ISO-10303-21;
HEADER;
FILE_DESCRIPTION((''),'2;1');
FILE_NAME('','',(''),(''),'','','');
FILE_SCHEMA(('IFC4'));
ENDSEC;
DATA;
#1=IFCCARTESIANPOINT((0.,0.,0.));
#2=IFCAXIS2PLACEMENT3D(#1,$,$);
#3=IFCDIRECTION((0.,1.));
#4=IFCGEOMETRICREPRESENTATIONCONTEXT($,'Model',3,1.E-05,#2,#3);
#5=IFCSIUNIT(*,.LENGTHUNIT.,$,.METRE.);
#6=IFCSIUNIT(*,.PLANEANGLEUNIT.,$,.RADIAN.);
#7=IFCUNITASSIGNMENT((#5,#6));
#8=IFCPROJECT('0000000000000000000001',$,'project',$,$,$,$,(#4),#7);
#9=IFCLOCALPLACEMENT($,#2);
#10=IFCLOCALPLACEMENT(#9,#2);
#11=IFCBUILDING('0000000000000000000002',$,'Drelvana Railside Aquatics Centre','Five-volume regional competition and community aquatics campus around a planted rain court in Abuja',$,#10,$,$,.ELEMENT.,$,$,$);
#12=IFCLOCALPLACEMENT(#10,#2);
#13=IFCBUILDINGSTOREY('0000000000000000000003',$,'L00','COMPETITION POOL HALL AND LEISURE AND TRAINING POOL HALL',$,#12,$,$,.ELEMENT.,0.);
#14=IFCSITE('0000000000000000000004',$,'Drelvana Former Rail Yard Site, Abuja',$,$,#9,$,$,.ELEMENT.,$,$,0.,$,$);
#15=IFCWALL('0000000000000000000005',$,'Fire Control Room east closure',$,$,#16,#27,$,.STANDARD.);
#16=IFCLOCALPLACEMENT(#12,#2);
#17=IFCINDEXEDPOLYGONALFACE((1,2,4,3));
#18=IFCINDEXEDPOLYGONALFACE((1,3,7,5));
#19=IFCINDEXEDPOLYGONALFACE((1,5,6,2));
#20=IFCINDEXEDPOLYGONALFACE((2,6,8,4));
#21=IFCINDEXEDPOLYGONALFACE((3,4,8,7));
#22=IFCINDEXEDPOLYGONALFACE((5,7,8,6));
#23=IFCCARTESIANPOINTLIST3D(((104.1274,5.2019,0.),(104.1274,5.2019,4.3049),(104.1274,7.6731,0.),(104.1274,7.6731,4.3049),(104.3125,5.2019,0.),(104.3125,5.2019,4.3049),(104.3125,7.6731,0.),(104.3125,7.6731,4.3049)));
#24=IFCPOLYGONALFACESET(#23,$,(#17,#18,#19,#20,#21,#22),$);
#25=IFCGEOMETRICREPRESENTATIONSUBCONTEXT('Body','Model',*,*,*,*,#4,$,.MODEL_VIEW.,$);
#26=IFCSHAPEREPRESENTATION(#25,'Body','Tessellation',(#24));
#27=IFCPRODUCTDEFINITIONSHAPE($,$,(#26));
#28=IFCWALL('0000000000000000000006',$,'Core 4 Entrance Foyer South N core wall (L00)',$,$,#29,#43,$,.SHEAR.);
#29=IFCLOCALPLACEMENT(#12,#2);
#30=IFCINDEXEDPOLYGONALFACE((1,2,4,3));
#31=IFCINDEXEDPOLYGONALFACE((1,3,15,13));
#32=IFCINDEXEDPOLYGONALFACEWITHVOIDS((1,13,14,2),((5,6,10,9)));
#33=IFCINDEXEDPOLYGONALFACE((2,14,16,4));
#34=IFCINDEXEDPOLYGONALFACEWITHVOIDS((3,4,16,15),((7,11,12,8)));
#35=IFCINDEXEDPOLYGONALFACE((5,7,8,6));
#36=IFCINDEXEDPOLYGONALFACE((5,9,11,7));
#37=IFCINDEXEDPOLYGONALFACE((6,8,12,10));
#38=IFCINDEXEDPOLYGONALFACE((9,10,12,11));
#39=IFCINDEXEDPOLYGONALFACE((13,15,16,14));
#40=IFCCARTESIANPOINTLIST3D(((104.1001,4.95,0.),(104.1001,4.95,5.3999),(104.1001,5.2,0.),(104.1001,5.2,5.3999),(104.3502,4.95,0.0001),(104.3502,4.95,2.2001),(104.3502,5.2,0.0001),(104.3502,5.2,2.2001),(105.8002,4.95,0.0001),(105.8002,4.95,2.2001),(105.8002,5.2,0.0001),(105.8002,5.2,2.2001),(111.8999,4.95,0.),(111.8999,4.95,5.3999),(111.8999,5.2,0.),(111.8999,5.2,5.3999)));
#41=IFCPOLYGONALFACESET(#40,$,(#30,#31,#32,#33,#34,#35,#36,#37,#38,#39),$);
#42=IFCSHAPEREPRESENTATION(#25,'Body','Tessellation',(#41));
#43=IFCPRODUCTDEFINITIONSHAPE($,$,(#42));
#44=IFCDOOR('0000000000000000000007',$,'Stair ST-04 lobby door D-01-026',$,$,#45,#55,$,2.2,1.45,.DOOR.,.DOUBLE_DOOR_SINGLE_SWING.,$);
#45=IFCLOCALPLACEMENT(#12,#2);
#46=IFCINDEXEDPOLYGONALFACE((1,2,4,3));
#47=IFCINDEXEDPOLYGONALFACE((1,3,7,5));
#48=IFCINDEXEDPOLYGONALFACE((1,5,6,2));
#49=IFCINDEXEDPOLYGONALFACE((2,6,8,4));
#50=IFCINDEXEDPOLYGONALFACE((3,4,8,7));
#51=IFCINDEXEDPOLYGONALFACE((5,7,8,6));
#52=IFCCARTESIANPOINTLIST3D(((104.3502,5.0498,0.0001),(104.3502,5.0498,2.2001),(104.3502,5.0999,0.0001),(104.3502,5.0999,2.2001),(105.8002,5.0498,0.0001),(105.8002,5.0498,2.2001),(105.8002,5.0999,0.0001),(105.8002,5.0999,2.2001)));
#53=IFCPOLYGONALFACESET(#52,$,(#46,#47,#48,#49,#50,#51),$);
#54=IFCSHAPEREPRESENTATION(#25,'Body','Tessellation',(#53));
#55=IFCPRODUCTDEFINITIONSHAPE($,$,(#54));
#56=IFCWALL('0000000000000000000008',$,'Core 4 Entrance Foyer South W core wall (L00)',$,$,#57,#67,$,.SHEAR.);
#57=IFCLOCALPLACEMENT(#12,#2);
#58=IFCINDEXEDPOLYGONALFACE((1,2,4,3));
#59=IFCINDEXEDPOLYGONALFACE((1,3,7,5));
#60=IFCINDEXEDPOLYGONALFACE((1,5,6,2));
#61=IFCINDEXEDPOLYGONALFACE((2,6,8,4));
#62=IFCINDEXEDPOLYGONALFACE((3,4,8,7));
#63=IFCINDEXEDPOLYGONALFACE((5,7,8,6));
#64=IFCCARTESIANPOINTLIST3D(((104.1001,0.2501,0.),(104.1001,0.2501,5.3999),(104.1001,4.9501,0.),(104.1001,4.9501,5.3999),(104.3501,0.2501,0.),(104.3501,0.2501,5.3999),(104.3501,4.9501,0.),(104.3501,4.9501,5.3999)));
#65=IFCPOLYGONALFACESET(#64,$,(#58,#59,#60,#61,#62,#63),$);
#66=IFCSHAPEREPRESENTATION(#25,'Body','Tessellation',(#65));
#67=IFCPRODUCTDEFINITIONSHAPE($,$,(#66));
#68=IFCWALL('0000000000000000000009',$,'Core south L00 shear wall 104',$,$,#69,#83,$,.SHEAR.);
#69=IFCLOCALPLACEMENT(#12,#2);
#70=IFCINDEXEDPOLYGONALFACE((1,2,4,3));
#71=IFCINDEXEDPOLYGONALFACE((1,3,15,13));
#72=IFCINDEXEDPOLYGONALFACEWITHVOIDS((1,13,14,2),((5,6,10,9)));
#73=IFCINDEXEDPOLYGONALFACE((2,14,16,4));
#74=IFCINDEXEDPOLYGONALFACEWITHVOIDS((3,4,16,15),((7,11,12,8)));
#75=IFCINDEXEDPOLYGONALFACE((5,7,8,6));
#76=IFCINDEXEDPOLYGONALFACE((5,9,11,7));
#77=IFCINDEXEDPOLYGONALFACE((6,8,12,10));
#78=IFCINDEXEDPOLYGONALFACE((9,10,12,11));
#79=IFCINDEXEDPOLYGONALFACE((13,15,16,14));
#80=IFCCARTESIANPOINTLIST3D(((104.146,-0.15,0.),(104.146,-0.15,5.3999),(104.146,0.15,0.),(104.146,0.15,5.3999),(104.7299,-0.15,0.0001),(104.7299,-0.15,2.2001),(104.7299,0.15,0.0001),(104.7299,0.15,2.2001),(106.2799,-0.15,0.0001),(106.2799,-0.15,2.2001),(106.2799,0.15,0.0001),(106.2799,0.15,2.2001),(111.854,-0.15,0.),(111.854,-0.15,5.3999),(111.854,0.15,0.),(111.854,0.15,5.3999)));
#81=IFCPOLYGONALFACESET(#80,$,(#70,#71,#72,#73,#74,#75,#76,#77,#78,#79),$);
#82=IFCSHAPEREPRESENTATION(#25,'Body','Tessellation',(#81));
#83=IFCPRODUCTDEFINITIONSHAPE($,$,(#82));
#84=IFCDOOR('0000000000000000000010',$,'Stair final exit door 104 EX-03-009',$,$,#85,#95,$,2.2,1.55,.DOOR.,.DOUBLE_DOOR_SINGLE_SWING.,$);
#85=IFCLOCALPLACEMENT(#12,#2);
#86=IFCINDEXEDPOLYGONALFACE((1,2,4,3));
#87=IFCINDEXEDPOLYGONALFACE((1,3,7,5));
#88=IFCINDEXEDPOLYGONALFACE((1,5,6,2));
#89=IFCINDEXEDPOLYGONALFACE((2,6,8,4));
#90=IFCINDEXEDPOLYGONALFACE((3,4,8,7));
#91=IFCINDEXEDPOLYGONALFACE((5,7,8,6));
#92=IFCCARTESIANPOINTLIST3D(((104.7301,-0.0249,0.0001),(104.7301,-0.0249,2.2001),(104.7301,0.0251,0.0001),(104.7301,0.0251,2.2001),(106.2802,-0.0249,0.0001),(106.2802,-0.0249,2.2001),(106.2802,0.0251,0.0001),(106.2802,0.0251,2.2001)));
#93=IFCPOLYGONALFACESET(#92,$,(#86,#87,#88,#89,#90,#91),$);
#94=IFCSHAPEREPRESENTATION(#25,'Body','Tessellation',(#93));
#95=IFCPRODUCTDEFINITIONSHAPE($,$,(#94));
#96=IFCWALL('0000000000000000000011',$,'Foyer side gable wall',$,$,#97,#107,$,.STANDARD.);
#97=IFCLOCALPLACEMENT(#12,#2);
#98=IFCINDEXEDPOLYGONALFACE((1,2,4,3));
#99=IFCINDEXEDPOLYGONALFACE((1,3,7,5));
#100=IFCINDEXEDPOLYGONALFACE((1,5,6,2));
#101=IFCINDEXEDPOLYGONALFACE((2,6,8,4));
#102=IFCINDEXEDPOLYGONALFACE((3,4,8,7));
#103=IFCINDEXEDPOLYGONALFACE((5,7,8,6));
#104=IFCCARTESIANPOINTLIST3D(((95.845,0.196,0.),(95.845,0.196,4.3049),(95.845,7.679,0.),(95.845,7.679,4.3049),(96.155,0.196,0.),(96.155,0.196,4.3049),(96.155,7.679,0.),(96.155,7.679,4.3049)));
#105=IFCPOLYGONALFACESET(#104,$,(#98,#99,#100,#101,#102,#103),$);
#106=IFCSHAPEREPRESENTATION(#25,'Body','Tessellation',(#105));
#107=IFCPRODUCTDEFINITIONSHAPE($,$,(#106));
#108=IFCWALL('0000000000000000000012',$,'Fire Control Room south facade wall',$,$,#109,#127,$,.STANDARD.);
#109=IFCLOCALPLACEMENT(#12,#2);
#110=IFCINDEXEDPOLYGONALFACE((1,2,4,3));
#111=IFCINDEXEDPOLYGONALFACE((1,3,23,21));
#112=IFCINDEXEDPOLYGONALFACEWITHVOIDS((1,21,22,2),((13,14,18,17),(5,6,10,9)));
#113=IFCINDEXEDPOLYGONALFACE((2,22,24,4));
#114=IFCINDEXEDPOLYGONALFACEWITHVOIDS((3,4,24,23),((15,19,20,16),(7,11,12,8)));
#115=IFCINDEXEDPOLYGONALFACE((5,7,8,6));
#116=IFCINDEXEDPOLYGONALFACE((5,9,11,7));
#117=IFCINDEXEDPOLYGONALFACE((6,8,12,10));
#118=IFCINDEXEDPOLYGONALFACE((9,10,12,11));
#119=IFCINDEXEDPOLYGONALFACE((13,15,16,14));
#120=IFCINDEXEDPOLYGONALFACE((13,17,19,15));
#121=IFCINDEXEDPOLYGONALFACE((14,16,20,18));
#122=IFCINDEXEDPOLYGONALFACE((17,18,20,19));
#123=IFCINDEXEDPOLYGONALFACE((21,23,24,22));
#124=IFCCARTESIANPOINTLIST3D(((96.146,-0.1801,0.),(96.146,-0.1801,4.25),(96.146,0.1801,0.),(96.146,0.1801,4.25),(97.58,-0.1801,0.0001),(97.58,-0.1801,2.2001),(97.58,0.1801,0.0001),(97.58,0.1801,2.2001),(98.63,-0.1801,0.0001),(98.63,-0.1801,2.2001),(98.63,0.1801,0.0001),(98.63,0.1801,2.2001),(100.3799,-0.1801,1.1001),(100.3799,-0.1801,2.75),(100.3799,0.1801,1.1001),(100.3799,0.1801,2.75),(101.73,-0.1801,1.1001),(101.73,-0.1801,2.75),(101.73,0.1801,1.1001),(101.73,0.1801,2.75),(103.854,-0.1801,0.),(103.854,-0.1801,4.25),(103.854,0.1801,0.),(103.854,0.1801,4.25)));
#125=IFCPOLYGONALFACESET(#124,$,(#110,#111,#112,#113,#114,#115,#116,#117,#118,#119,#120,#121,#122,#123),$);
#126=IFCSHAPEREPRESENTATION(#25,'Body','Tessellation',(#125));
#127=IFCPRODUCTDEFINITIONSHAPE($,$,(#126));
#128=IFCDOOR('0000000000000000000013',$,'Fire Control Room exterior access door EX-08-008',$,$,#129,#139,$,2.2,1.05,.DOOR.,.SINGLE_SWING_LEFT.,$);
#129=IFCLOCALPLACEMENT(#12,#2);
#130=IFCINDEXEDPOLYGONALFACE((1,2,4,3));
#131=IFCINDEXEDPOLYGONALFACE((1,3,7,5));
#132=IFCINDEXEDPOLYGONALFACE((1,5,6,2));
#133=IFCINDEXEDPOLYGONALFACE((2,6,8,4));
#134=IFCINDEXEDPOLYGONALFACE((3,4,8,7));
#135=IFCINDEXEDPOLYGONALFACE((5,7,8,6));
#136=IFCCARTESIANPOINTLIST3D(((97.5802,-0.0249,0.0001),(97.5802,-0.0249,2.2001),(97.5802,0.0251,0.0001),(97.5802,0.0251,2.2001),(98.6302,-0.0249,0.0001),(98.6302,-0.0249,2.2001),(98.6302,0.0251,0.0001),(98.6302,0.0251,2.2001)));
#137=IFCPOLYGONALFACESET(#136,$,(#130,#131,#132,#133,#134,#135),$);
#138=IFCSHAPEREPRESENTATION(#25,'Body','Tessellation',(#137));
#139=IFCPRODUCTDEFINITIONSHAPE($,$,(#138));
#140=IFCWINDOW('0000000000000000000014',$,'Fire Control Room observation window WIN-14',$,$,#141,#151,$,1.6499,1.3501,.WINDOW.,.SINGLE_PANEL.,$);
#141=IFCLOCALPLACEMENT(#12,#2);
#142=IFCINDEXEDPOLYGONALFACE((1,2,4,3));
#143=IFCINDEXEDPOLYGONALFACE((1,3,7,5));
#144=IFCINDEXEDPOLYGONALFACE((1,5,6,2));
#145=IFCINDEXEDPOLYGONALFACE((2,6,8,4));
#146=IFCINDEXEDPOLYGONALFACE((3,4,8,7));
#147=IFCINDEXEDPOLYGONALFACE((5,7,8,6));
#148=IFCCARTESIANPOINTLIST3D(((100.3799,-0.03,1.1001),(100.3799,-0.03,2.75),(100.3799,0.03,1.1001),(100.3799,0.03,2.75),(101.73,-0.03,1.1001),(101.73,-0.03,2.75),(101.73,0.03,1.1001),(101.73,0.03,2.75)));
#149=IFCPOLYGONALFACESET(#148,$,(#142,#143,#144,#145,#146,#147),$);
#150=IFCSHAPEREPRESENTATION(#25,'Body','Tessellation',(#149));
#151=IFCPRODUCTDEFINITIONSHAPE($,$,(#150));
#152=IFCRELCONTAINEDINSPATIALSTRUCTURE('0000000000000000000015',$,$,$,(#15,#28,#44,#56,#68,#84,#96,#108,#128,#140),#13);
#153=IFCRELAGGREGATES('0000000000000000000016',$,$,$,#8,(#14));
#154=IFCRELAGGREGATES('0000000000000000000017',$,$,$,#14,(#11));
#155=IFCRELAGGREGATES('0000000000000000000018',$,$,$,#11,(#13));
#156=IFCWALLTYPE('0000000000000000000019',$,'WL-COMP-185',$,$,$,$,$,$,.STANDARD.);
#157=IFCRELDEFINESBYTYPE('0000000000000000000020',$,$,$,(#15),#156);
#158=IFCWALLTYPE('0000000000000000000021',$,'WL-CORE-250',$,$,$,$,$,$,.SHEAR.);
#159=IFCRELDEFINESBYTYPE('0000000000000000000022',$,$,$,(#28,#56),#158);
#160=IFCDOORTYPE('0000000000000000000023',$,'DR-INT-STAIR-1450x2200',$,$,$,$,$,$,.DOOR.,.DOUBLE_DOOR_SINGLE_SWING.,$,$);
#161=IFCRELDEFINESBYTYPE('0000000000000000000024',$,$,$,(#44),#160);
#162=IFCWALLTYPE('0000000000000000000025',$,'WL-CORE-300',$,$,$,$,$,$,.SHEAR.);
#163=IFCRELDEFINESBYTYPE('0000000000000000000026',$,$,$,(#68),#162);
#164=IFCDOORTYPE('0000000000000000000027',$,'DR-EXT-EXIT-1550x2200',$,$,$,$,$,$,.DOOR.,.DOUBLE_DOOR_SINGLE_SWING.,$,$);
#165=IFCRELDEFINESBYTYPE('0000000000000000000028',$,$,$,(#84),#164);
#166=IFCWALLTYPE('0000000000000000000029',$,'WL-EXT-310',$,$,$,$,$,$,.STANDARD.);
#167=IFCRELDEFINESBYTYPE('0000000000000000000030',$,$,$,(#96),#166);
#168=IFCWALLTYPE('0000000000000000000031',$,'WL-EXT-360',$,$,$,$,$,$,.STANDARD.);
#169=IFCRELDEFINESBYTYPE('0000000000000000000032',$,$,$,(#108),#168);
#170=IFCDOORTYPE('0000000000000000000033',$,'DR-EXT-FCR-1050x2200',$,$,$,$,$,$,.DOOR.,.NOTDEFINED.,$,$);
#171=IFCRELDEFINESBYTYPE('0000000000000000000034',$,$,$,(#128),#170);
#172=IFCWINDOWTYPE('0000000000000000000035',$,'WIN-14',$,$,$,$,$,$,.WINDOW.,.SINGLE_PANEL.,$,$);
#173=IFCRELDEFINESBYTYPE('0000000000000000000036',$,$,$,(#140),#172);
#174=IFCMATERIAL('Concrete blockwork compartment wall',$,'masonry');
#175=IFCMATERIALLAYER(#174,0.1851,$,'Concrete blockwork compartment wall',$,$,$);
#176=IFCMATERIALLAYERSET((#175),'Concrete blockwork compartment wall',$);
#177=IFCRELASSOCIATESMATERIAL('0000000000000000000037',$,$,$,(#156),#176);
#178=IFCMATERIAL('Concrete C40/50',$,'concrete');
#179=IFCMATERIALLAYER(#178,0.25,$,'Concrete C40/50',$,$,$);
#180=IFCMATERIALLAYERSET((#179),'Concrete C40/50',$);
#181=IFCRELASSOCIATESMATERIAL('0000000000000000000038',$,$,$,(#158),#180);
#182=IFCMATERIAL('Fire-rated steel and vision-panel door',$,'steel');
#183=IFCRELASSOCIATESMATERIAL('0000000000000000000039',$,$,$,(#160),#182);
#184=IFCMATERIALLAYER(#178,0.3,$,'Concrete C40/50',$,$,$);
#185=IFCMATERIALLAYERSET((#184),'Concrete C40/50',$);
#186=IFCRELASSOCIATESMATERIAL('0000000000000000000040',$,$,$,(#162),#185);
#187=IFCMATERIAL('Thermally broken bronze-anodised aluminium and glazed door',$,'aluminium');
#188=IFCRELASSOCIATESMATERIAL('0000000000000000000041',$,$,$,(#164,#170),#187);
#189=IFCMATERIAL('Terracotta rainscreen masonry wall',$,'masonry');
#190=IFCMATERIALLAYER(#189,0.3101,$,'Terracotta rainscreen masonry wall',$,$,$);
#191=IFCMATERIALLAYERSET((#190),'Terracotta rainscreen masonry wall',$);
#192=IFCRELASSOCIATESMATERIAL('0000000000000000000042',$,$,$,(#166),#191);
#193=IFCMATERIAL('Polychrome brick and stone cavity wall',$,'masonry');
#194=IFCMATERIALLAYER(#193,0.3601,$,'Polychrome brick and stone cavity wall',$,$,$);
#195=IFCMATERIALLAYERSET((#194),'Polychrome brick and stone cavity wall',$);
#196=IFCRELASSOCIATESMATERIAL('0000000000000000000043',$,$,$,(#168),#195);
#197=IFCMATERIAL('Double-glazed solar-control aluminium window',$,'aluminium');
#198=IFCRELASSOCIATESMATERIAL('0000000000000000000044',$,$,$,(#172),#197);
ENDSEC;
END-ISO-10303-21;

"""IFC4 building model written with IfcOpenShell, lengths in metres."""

from ifc_helpers import new_model, si_unit, direction, frame, frame_2d, origin, place, context, subcontext, project, spatial, rectangle, extrude, material, layer, layer_set, type_object, element, fill, save


model = new_model("IFC4")

# Units and contexts
model_context = context("Model", 3, precision=1e-05, world=origin(), true_north=direction((0.0, 1.0)))
body_context = subcontext(model_context, "Body", "Model", "MODEL_VIEW")
ifc_project = project(units=[si_unit("LENGTHUNIT", "METRE"), si_unit("PLANEANGLEUNIT", "RADIAN")], contexts=[model_context])

# Site, building, storey
site_placement = place(None, origin())
site = spatial("IfcSite", under=ifc_project, at=site_placement, Name="Drelvana Former Rail Yard Site, Abuja", CompositionType="ELEMENT", RefElevation=0.0)
building_placement = place(site_placement, origin())
building = spatial("IfcBuilding", under=site, at=building_placement, Name="Drelvana Railside Aquatics Centre", Description="Five-volume regional competition and community aquatics campus around a planted rain court in Abuja", CompositionType="ELEMENT")
storey_placement = place(building_placement, origin())
storey = spatial("IfcBuildingStorey", under=building, at=storey_placement, Name="L00", Description="COMPETITION POOL HALL AND LEISURE AND TRAINING POOL HALL", CompositionType="ELEMENT", Elevation=0.0)

# Shared definitions
ifc_material_1 = material(Name="Concrete C40/50", Category="concrete")

# Shared definitions
ifc_material_2 = material(Name="Concrete blockwork compartment wall", Category="masonry")
ifc_layer_1 = layer(ifc_material_2, 0.1851, Name="Concrete blockwork compartment wall")
ifc_layer_set_1 = layer_set([ifc_layer_1], Name="Concrete blockwork compartment wall")
wall_type_1 = type_object("IfcWallType", Name="WL-COMP-185", PredefinedType="STANDARD", material=ifc_layer_set_1)

# Wall
wall_1_placement = place(storey_placement, frame((104.22, 5.2019, 0.0), z_axis=(0.0, 0.0, 1.0), x_axis=(0.0, 1.0, 0.0)))
element("IfcWall", 1, at=wall_1_placement, inside=storey, type_object=wall_type_1, Name="Fire Control Room east closure", PredefinedType="STANDARD", context=body_context, shape_type="SweptSolid", body=[
    extrude(rectangle(XDim=2.4712, YDim=0.1851, at=frame_2d((1.2356, 0.0))), origin(), (0.0, 0.0, 1.0), 4.3049),
])

# Wall, opening, door
ifc_layer_2 = layer(ifc_material_1, 0.25, Name="Concrete C40/50")
ifc_layer_set_2 = layer_set([ifc_layer_2], Name="Concrete C40/50")
wall_type_2 = type_object("IfcWallType", Name="WL-CORE-250", PredefinedType="SHEAR", material=ifc_layer_set_2)
wall_2_placement = place(storey_placement, frame((104.1001, 5.075, 0.0), z_axis=(0.0, 0.0, 1.0), x_axis=(1.0, 0.0, 0.0)))
wall_2 = element("IfcWall", 2, at=wall_2_placement, inside=storey, type_object=wall_type_2, Name="Core 4 Entrance Foyer South N core wall (L00)", PredefinedType="SHEAR", context=body_context, shape_type="SweptSolid", body=[
    extrude(rectangle(XDim=7.7998, YDim=0.25, at=frame_2d((3.8999, 0.0))), origin(), (0.0, 0.0, 1.0), 5.3999),
])
opening_1_placement = place(wall_2_placement, frame((0.25, 0.0, 0.0)))
opening_1 = element("IfcOpeningElement", 3, at=opening_1_placement, cuts=wall_2, PredefinedType="OPENING", context=body_context, shape_type="SweptSolid", body=[
    extrude(rectangle(XDim=1.45, YDim=2.2, at=frame_2d((0.7251, 1.1001))), frame((0.0, 0.135, 0.0), z_axis=(0.0, -1.0, 0.0), x_axis=(1.0, 0.0, 0.0)), (0.0, 0.0, 1.0), 0.27),
])
ifc_material_3 = material(Name="Fire-rated steel and vision-panel door", Category="steel")
door_type_1 = type_object("IfcDoorType", Name="DR-INT-STAIR-1450x2200", OperationType="DOUBLE_DOOR_SINGLE_SWING", PredefinedType="DOOR", material=ifc_material_3)
door_1_placement = place(opening_1_placement, origin())
door_1 = element("IfcDoor", 4, at=door_1_placement, inside=storey, type_object=door_type_1, Name="Stair ST-04 lobby door D-01-026", OperationType="DOUBLE_DOOR_SINGLE_SWING", OverallHeight=2.2, OverallWidth=1.45, PredefinedType="DOOR", context=body_context, shape_type="SweptSolid", body=[
    extrude(rectangle(XDim=1.45, YDim=2.2, at=frame_2d((0.7251, 1.1001))), frame((0.0, 0.0249, 0.0), z_axis=(0.0, -1.0, 0.0), x_axis=(1.0, 0.0, 0.0)), (0.0, 0.0, 1.0), 0.05),
])
fill(opening_1, door_1)

# Wall
wall_3_placement = place(storey_placement, frame((104.2251, 0.25, 0.0), z_axis=(0.0, 0.0, 1.0), x_axis=(0.0, 1.0, 0.0)))
element("IfcWall", 5, at=wall_3_placement, inside=storey, type_object=wall_type_2, Name="Core 4 Entrance Foyer South W core wall (L00)", PredefinedType="SHEAR", context=body_context, shape_type="SweptSolid", body=[
    extrude(rectangle(XDim=4.7, YDim=0.25, at=frame_2d((2.3501, 0.0))), origin(), (0.0, 0.0, 1.0), 5.3999),
])

# Wall, opening, door
ifc_layer_3 = layer(ifc_material_1, 0.3, Name="Concrete C40/50")
ifc_layer_set_3 = layer_set([ifc_layer_3], Name="Concrete C40/50")
wall_type_3 = type_object("IfcWallType", Name="WL-CORE-300", PredefinedType="SHEAR", material=ifc_layer_set_3)
wall_4_placement = place(storey_placement, frame((104.146, 0.0, 0.0), z_axis=(0.0, 0.0, 1.0), x_axis=(1.0, 0.0, 0.0)))
wall_4 = element("IfcWall", 6, at=wall_4_placement, inside=storey, type_object=wall_type_3, Name="Core south L00 shear wall 104", PredefinedType="SHEAR", context=body_context, shape_type="SweptSolid", body=[
    extrude(rectangle(XDim=7.708, YDim=0.3, at=frame_2d((3.854, 0.0))), origin(), (0.0, 0.0, 1.0), 5.3999),
])
opening_2_placement = place(wall_4_placement, frame((0.584, 0.0, 0.0)))
opening_2 = element("IfcOpeningElement", 7, at=opening_2_placement, cuts=wall_4, PredefinedType="OPENING", context=body_context, shape_type="SweptSolid", body=[
    extrude(rectangle(XDim=1.55, YDim=2.2, at=frame_2d((0.7749, 1.1001))), frame((0.0, 0.1599, 0.0), z_axis=(0.0, -1.0, 0.0), x_axis=(1.0, 0.0, 0.0)), (0.0, 0.0, 1.0), 0.3201),
])
ifc_material_4 = material(Name="Thermally broken bronze-anodised aluminium and glazed door", Category="aluminium")
door_type_2 = type_object("IfcDoorType", Name="DR-EXT-EXIT-1550x2200", OperationType="DOUBLE_DOOR_SINGLE_SWING", PredefinedType="DOOR", material=ifc_material_4)
door_2_placement = place(opening_2_placement, frame((1.55, 0.0, 0.0), z_axis=(0.0, 0.0, 1.0), x_axis=(-1.0, 0.0, 0.0)))
door_2 = element("IfcDoor", 8, at=door_2_placement, inside=storey, type_object=door_type_2, Name="Stair final exit door 104 EX-03-009", OperationType="DOUBLE_DOOR_SINGLE_SWING", OverallHeight=2.2, OverallWidth=1.55, PredefinedType="DOOR", context=body_context, shape_type="SweptSolid", body=[
    extrude(rectangle(XDim=1.55, YDim=2.2, at=frame_2d((0.7749, 1.1001))), frame((0.0, 0.0249, 0.0), z_axis=(0.0, -1.0, 0.0), x_axis=(1.0, 0.0, 0.0)), (0.0, 0.0, 1.0), 0.05),
])
fill(opening_2, door_2)

# Wall
ifc_material_5 = material(Name="Terracotta rainscreen masonry wall", Category="masonry")
ifc_layer_4 = layer(ifc_material_5, 0.3101, Name="Terracotta rainscreen masonry wall")
ifc_layer_set_4 = layer_set([ifc_layer_4], Name="Terracotta rainscreen masonry wall")
wall_type_4 = type_object("IfcWallType", Name="WL-EXT-310", PredefinedType="STANDARD", material=ifc_layer_set_4)
wall_5_placement = place(storey_placement, frame((96.0, 0.196, 0.0), z_axis=(0.0, 0.0, 1.0), x_axis=(0.0, 1.0, 0.0)))
element("IfcWall", 9, at=wall_5_placement, inside=storey, type_object=wall_type_4, Name="Foyer side gable wall", PredefinedType="STANDARD", context=body_context, shape_type="SweptSolid", body=[
    extrude(rectangle(XDim=7.4829, YDim=0.3101, at=frame_2d((3.7415, 0.0))), origin(), (0.0, 0.0, 1.0), 4.3049),
])

# Wall, openings, door, window
ifc_material_6 = material(Name="Polychrome brick and stone cavity wall", Category="masonry")
ifc_layer_5 = layer(ifc_material_6, 0.3601, Name="Polychrome brick and stone cavity wall")
ifc_layer_set_5 = layer_set([ifc_layer_5], Name="Polychrome brick and stone cavity wall")
wall_type_5 = type_object("IfcWallType", Name="WL-EXT-360", PredefinedType="STANDARD", material=ifc_layer_set_5)
wall_6_placement = place(storey_placement, frame((96.146, 0.0, 0.0), z_axis=(0.0, 0.0, 1.0), x_axis=(1.0, 0.0, 0.0)))
wall_6 = element("IfcWall", 10, at=wall_6_placement, inside=storey, type_object=wall_type_5, Name="Fire Control Room south facade wall", PredefinedType="STANDARD", context=body_context, shape_type="SweptSolid", body=[
    extrude(rectangle(XDim=7.708, YDim=0.3601, at=frame_2d((3.854, 0.0))), origin(), (0.0, 0.0, 1.0), 4.25),
])
opening_3_placement = place(wall_6_placement, frame((1.4341, 0.0, 0.0)))
opening_3 = element("IfcOpeningElement", 11, at=opening_3_placement, cuts=wall_6, PredefinedType="OPENING", context=body_context, shape_type="SweptSolid", body=[
    extrude(rectangle(XDim=1.05, YDim=2.2, at=frame_2d((0.5249, 1.1001))), frame((0.0, 0.1899, 0.0), z_axis=(0.0, -1.0, 0.0), x_axis=(1.0, 0.0, 0.0)), (0.0, 0.0, 1.0), 0.3801),
])
opening_4_placement = place(wall_6_placement, frame((4.2339, 0.0, 1.1001)))
opening_4 = element("IfcOpeningElement", 12, at=opening_4_placement, cuts=wall_6, PredefinedType="OPENING", context=body_context, shape_type="SweptSolid", body=[
    extrude(rectangle(XDim=1.3501, YDim=1.6499, at=frame_2d((0.675, 0.825))), frame((0.0, 0.1899, 0.0), z_axis=(0.0, -1.0, 0.0), x_axis=(1.0, 0.0, 0.0)), (0.0, 0.0, 1.0), 0.3801),
])
door_type_3 = type_object("IfcDoorType", Name="DR-EXT-FCR-1050x2200", OperationType="NOTDEFINED", PredefinedType="DOOR", material=ifc_material_4)
door_3_placement = place(opening_3_placement, frame((1.05, 0.0, 0.0), z_axis=(0.0, 0.0, 1.0), x_axis=(-1.0, 0.0, 0.0)))
door_3 = element("IfcDoor", 13, at=door_3_placement, inside=storey, type_object=door_type_3, Name="Fire Control Room exterior access door EX-08-008", OperationType="SINGLE_SWING_LEFT", OverallHeight=2.2, OverallWidth=1.05, PredefinedType="DOOR", context=body_context, shape_type="SweptSolid", body=[
    extrude(rectangle(XDim=1.05, YDim=2.2, at=frame_2d((0.5249, 1.1001))), frame((0.0, 0.0249, 0.0), z_axis=(0.0, -1.0, 0.0), x_axis=(1.0, 0.0, 0.0)), (0.0, 0.0, 1.0), 0.05),
])
fill(opening_3, door_3)
ifc_material_7 = material(Name="Double-glazed solar-control aluminium window", Category="aluminium")
window_type = type_object("IfcWindowType", Name="WIN-14", PartitioningType="SINGLE_PANEL", PredefinedType="WINDOW", material=ifc_material_7)
window_placement = place(opening_4_placement, origin())
window = element("IfcWindow", 14, at=window_placement, inside=storey, type_object=window_type, Name="Fire Control Room observation window WIN-14", OverallHeight=1.6499, OverallWidth=1.3501, PartitioningType="SINGLE_PANEL", PredefinedType="WINDOW", context=body_context, shape_type="SweptSolid", body=[
    extrude(rectangle(XDim=1.3501, YDim=1.6499, at=frame_2d((0.675, 0.825))), frame((0.0, 0.03, 0.0), z_axis=(0.0, -1.0, 0.0), x_axis=(1.0, 0.0, 0.0)), (0.0, 0.0, 1.0), 0.0601),
])
fill(opening_4, window)

save(model, "model.ifc")
